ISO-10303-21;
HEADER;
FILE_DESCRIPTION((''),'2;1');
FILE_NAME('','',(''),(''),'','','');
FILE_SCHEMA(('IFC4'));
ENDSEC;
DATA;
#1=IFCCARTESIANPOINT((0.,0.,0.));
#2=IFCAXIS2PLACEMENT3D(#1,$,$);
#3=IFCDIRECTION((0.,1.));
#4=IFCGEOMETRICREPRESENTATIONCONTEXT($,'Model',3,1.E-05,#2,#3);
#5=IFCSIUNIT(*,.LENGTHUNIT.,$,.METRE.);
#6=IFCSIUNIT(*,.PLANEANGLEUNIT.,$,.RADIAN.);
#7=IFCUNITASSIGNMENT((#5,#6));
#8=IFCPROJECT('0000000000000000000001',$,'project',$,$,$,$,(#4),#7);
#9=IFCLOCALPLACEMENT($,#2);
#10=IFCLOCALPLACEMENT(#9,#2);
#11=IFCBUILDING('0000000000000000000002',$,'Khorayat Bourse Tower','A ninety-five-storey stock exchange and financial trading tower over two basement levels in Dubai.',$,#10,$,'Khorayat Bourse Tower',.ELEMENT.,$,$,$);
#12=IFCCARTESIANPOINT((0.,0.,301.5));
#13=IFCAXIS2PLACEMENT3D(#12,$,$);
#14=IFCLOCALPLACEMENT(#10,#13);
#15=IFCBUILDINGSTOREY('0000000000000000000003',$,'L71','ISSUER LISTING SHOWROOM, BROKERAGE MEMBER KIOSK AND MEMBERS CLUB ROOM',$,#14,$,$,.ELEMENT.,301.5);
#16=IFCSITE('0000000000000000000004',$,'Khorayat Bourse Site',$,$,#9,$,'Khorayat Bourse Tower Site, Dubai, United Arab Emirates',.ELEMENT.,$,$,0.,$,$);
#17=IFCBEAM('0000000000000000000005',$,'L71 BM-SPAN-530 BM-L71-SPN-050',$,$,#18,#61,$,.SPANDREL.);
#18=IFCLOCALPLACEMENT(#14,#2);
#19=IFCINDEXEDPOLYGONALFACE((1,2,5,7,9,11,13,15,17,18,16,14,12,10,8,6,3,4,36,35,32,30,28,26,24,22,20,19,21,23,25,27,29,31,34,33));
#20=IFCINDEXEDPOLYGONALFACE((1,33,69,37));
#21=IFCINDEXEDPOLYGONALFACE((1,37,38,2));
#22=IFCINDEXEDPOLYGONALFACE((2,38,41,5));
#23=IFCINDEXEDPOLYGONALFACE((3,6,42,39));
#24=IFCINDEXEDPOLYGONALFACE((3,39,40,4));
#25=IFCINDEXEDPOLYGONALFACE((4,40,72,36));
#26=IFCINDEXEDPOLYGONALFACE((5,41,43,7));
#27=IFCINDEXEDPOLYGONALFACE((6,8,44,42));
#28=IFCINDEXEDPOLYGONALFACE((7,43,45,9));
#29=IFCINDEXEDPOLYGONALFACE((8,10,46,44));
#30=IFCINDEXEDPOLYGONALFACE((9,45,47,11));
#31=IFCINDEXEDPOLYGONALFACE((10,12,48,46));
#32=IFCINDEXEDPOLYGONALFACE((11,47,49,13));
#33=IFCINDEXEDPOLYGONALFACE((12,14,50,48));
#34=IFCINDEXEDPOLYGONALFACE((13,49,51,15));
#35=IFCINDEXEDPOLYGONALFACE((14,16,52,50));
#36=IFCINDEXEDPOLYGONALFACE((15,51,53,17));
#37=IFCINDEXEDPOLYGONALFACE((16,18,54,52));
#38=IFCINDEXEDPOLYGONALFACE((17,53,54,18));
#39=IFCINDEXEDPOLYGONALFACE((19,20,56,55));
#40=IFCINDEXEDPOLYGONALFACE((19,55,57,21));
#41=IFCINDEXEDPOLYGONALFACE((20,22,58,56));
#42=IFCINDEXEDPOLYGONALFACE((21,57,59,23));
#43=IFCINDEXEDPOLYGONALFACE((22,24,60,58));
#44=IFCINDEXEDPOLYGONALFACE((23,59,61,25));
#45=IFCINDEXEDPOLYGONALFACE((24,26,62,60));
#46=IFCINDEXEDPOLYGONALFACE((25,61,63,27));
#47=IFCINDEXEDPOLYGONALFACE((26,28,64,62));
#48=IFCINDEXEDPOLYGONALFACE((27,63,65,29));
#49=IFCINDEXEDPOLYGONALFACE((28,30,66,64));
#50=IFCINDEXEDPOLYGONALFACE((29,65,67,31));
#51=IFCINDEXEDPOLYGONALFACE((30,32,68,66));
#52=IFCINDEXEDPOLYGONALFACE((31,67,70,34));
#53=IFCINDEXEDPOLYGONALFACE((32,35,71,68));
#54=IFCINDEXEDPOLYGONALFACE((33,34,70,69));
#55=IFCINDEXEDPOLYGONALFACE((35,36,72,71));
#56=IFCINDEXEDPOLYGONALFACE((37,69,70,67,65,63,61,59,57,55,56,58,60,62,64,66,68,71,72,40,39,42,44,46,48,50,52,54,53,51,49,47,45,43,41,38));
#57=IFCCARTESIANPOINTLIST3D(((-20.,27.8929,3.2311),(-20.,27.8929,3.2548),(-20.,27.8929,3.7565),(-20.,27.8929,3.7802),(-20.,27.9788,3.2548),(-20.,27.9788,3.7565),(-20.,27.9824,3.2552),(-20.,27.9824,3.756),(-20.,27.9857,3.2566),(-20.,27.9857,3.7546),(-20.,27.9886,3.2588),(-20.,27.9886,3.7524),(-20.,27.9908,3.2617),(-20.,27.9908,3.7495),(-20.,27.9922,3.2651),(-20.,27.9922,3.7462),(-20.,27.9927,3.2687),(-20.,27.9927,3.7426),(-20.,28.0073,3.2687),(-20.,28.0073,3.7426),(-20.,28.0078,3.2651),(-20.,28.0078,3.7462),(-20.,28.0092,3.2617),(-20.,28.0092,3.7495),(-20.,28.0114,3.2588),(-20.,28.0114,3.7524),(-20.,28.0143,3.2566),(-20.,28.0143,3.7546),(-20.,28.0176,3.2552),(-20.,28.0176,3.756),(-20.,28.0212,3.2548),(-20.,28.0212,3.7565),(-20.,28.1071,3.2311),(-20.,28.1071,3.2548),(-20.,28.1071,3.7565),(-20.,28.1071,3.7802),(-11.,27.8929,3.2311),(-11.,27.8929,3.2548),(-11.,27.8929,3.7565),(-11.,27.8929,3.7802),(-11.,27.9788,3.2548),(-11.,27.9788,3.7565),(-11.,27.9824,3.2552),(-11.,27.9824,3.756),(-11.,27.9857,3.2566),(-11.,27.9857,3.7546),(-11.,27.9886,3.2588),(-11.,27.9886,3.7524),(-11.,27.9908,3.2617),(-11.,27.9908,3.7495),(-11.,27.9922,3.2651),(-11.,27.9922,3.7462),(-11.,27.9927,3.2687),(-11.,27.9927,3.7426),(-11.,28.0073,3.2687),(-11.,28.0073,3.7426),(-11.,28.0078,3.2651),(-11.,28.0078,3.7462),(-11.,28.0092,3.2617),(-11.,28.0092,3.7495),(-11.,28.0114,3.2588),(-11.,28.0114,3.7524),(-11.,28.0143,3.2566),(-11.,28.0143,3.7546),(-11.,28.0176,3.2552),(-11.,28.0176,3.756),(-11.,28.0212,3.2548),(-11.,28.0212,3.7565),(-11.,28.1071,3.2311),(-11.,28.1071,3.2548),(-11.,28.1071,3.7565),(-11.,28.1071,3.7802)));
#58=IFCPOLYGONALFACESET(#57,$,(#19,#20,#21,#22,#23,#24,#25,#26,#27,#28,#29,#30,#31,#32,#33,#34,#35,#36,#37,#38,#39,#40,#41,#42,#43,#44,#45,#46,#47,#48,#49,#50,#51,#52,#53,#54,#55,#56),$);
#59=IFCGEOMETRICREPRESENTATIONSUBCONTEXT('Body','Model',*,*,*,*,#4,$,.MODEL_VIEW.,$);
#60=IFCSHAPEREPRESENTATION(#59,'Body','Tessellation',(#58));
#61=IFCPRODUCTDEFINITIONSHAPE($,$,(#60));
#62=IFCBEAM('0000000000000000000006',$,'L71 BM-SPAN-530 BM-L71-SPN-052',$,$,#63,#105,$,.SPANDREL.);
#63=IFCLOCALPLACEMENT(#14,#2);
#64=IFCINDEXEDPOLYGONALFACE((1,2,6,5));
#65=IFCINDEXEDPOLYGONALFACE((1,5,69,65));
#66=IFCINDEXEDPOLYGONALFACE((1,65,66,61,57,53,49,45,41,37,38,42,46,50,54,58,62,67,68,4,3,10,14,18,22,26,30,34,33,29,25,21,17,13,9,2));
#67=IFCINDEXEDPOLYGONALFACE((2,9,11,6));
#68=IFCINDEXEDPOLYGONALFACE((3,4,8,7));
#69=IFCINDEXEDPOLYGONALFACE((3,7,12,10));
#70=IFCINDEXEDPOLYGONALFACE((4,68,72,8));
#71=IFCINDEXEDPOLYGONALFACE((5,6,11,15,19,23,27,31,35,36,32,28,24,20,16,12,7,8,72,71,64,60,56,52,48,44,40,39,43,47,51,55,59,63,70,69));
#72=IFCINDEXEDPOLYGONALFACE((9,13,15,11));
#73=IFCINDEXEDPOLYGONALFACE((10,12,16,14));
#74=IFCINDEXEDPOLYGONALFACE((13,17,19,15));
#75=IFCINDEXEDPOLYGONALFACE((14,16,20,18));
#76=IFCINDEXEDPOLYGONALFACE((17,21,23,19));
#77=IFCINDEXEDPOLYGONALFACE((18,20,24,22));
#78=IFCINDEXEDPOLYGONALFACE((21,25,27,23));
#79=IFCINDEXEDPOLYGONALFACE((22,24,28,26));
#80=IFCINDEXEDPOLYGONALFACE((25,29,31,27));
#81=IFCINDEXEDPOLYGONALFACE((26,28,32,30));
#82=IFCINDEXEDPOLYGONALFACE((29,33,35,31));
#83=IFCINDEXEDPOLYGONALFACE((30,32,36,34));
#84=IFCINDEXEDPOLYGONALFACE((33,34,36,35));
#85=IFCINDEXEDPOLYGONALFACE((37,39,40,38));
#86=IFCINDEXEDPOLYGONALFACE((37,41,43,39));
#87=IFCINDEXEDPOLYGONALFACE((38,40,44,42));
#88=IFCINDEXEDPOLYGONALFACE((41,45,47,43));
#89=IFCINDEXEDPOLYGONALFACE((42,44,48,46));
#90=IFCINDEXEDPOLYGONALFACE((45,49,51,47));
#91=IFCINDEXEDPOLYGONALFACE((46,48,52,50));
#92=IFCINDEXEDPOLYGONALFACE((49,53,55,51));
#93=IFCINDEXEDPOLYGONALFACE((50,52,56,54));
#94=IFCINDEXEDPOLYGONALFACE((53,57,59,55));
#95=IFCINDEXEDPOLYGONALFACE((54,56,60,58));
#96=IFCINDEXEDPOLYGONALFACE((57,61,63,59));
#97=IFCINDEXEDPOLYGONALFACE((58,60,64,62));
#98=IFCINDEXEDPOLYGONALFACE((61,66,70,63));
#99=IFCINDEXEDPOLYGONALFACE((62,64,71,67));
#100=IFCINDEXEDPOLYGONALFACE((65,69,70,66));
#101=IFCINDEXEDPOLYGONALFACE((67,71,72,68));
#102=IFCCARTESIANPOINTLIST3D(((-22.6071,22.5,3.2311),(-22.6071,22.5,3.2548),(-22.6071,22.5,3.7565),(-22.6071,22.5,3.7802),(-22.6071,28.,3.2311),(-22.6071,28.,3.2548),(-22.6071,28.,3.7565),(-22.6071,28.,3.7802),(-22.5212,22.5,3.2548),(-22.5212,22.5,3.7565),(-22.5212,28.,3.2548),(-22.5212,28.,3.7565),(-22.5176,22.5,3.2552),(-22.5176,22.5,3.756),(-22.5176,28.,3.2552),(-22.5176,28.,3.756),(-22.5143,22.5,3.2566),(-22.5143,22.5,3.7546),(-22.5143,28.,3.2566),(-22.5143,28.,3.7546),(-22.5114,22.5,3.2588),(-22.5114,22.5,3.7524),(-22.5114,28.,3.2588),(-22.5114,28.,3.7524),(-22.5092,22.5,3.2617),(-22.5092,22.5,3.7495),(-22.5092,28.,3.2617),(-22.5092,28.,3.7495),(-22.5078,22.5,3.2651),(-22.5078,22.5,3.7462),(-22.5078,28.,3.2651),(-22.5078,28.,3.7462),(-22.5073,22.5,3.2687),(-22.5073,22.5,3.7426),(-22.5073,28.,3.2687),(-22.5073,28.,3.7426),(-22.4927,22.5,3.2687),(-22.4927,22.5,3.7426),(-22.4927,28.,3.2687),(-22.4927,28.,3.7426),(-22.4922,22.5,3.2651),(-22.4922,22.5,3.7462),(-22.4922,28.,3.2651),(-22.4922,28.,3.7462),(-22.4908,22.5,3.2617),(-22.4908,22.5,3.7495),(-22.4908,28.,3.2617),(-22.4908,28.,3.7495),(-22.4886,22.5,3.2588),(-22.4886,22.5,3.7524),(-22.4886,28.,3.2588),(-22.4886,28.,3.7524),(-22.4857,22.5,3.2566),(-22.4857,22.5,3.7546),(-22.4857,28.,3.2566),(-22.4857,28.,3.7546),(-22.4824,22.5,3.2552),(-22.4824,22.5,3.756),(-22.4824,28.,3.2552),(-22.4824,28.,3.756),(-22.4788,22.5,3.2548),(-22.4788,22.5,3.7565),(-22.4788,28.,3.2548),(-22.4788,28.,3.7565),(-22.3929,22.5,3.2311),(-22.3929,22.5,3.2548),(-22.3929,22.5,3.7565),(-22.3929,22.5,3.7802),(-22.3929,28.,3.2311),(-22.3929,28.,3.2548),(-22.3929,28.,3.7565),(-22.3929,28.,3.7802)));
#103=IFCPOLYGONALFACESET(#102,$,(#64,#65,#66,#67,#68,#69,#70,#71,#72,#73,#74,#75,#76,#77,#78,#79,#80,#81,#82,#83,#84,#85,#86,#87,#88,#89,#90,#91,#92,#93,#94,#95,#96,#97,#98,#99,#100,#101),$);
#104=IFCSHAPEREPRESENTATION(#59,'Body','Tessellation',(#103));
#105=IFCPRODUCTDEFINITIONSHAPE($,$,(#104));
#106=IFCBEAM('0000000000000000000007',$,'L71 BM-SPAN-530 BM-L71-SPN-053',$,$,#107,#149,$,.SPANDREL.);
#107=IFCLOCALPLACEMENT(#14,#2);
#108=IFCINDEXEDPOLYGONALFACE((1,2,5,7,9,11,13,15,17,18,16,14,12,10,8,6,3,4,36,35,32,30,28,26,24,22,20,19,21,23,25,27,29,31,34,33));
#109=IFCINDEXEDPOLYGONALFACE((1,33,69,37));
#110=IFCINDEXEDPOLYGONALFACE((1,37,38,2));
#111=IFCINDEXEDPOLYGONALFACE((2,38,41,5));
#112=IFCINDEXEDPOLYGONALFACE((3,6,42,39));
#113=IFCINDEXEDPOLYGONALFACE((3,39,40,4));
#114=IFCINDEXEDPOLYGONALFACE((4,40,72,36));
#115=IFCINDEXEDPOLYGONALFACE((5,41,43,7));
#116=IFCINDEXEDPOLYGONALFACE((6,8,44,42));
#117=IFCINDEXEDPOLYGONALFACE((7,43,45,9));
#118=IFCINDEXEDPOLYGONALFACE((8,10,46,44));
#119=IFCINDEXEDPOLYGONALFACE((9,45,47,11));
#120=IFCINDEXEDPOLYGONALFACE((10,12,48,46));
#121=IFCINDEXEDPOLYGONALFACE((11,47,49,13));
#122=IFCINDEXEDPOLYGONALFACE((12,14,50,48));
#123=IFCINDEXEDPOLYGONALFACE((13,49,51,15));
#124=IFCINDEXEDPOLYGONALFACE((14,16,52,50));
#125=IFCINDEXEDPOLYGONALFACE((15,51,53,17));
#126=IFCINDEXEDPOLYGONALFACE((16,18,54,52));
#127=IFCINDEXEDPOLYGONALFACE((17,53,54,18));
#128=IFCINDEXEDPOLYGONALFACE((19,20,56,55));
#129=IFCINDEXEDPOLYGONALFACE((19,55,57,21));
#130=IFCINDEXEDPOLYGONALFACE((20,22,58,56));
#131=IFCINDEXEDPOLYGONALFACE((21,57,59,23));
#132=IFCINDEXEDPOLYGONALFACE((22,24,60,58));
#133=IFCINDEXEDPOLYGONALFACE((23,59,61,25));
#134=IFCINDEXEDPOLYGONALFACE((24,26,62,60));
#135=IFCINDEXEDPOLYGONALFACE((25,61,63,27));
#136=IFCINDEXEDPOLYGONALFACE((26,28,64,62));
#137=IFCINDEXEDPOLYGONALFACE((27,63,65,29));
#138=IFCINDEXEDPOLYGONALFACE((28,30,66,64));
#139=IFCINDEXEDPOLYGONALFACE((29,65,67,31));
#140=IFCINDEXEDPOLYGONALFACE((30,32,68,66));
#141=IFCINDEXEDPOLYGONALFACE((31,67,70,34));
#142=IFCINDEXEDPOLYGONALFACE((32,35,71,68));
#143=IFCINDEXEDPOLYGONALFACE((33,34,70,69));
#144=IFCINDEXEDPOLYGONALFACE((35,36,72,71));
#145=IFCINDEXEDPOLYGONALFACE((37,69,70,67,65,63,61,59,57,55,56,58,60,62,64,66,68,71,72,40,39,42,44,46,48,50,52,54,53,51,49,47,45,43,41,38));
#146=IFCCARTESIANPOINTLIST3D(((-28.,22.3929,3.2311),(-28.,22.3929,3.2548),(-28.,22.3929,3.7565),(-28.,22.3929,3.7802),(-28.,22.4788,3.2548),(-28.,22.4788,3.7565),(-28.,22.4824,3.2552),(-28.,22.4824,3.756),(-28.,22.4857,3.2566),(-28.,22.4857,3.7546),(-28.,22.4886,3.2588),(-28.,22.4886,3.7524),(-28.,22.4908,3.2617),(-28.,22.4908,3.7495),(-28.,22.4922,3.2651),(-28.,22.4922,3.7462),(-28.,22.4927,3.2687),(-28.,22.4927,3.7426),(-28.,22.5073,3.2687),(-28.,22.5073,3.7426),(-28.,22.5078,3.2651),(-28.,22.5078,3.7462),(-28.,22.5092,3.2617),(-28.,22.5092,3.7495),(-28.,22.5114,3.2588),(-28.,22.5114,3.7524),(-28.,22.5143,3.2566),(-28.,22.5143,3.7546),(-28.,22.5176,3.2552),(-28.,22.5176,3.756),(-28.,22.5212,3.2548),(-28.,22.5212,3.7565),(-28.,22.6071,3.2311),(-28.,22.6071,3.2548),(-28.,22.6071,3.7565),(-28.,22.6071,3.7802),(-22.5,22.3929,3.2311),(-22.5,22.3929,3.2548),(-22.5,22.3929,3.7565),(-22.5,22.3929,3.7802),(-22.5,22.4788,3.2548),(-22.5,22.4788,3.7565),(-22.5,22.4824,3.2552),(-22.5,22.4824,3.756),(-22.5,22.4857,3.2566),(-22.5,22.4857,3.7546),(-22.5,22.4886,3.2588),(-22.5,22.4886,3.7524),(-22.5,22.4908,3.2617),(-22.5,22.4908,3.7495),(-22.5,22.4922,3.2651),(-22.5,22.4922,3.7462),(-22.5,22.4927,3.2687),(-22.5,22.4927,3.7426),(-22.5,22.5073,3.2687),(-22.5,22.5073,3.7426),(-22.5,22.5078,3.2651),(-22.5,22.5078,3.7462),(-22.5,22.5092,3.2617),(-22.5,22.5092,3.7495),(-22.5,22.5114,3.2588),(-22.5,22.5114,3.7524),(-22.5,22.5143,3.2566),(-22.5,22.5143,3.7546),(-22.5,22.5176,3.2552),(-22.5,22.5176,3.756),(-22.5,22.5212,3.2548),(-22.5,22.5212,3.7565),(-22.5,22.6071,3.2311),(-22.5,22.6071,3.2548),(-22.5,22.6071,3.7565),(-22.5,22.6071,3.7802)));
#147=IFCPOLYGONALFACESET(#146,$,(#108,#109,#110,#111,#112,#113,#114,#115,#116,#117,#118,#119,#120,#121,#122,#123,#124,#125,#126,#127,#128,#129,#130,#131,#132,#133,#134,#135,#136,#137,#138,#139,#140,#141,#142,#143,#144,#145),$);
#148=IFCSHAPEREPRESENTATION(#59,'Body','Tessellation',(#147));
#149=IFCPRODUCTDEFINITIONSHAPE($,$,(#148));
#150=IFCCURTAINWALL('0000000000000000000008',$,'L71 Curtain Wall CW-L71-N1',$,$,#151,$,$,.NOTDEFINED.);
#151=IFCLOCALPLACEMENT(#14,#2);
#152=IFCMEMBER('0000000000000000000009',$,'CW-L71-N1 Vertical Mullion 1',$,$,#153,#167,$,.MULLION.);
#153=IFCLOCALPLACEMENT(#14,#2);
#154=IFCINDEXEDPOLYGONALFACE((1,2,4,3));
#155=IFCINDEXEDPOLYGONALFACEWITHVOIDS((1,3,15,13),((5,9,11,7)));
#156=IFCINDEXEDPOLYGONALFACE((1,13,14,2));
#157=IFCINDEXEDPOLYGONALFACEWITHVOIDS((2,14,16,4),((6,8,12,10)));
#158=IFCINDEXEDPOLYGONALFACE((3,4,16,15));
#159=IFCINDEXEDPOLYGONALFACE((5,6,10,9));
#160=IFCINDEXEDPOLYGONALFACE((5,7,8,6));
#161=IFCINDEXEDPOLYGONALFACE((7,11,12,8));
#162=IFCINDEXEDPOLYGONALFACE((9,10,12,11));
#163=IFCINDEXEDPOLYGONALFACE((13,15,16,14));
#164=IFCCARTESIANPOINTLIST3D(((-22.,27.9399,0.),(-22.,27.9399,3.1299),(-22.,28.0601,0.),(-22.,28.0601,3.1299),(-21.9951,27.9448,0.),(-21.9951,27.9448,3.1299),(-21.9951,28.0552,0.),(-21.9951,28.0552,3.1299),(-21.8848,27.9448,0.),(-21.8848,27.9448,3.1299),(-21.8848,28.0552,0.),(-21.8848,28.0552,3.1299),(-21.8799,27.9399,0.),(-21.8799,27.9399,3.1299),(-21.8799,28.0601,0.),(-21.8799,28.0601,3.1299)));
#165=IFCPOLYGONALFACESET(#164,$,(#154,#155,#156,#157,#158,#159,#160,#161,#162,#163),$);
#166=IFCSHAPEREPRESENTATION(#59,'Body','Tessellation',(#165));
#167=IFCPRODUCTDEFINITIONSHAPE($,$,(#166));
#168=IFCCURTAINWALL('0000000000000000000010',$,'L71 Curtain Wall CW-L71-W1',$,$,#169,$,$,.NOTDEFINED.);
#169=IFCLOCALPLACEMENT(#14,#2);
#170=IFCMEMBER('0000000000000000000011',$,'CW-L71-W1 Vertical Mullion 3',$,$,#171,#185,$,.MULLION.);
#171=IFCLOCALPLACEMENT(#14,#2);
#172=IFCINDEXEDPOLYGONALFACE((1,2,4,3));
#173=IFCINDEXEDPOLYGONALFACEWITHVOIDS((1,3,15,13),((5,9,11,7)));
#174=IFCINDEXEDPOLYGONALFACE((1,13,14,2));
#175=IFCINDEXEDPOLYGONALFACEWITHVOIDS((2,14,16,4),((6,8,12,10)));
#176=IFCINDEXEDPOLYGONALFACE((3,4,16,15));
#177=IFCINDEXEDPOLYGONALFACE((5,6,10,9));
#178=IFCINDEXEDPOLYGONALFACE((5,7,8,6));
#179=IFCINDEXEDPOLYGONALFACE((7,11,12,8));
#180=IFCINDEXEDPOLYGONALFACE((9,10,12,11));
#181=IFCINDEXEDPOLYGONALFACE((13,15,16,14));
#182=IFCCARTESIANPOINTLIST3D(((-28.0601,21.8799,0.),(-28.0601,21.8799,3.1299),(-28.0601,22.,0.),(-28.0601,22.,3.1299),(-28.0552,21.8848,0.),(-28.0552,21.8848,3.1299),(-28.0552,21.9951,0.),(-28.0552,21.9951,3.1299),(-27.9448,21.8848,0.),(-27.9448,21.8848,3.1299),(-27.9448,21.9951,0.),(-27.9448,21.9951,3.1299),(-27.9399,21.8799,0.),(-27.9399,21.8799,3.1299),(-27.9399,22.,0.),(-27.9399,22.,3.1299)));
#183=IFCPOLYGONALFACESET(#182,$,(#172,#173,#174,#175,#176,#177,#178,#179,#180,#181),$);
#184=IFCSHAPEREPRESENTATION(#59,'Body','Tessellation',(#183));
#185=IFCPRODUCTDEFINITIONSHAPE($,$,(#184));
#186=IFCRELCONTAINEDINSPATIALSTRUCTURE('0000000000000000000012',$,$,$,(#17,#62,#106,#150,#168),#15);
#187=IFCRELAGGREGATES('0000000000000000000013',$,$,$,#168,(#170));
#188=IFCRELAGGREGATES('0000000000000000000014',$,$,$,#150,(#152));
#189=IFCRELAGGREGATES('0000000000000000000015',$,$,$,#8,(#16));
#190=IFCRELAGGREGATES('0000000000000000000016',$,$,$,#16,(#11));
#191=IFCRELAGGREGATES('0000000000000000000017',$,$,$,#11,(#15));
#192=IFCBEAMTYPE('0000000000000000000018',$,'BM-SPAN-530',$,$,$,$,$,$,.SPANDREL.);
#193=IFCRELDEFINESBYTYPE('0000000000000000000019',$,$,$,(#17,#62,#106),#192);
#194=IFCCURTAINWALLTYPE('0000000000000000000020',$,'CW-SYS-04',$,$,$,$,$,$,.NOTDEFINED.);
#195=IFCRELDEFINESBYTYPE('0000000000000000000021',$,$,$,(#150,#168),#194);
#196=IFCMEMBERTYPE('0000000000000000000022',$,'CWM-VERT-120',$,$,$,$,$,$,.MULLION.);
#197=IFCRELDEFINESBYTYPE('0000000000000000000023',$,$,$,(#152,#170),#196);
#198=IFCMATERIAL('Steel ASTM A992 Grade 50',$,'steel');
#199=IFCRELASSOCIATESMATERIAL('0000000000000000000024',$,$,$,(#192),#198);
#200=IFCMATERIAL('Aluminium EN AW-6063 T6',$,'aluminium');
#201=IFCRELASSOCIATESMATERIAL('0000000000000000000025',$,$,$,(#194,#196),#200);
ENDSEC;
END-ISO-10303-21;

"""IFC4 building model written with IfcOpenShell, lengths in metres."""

from ifc_helpers import new_model, si_unit, direction, frame, origin, origin_2d, place, context, subcontext, project, spatial, hollow_rectangle, i_section, extrude, source, transform, mapped, material, material_profile, profile_set, type_object, element, aggregate, save


model = new_model("IFC4")

# Units and contexts
model_context = context("Model", 3, precision=1e-05, world=origin(), true_north=direction((0.0, 1.0)))
body_context = subcontext(model_context, "Body", "Model", "MODEL_VIEW")
ifc_project = project(units=[si_unit("LENGTHUNIT", "METRE"), si_unit("PLANEANGLEUNIT", "RADIAN")], contexts=[model_context])

# Site, building, storey
site_placement = place(None, origin())
site = spatial("IfcSite", under=ifc_project, at=site_placement, Name="Khorayat Bourse Site", LongName="Khorayat Bourse Tower Site, Dubai, United Arab Emirates", CompositionType="ELEMENT", RefElevation=0.0)
building_placement = place(site_placement, origin())
building = spatial("IfcBuilding", under=site, at=building_placement, Name="Khorayat Bourse Tower", Description="A ninety-five-storey stock exchange and financial trading tower over two basement levels in Dubai.", LongName="Khorayat Bourse Tower", CompositionType="ELEMENT")
storey_placement = place(building_placement, frame((0.0, 0.0, 301.5)))
storey = spatial("IfcBuildingStorey", under=building, at=storey_placement, Name="L71", Description="ISSUER LISTING SHOWROOM, BROKERAGE MEMBER KIOSK AND MEMBERS CLUB ROOM", CompositionType="ELEMENT", Elevation=301.5)

# Beams
ifc_material_1 = material(Name="Steel ASTM A992 Grade 50", Category="steel")
ifc_material_profile_1 = material_profile(ifc_material_1, i_section(OverallWidth=0.2141, OverallDepth=0.5491, WebThickness=0.0146, FlangeThickness=0.0237, FilletRadius=0.0139, at=origin_2d()), Name="W530X138")
ifc_profile_set_1 = profile_set([ifc_material_profile_1], Name="Steel ASTM A992 Grade 50")
beam_type_1 = type_object("IfcBeamType", Name="BM-SPAN-530", PredefinedType="SPANDREL", material=ifc_profile_set_1)
shared_shape_1 = source(origin(), body_context, "Body", "SweptSolid", [
    extrude(i_section(OverallWidth=0.2141, OverallDepth=0.5491, WebThickness=0.0146, FlangeThickness=0.0237, FilletRadius=0.0139, at=origin_2d()), origin(), (0.0, 0.0, 1.0), 9.0),
])
beam_1_placement = place(storey_placement, frame((-20.0, 28.0, 3.5056), z_axis=(1.0, 0.0, 0.0), x_axis=(0.0, 1.0, 0.0)))
element("IfcBeam", 1, at=beam_1_placement, inside=storey, type_object=beam_type_1, Name="L71 BM-SPAN-530 BM-L71-SPN-050", PredefinedType="SPANDREL", context=body_context, shape_type="MappedRepresentation", body=[
    mapped(shared_shape_1, transform((0.0, 0.0, 0.0), scale=1.0)),
])
shared_shape_2 = source(origin(), body_context, "Body", "SweptSolid", [
    extrude(i_section(OverallWidth=0.2141, OverallDepth=0.5491, WebThickness=0.0146, FlangeThickness=0.0237, FilletRadius=0.0139, at=origin_2d()), origin(), (0.0, 0.0, 1.0), 5.5),
])
for number, where, z_axis, x_axis, name in (
    (2, (-22.5, 22.5, 3.5056), (0.0, 1.0, 0.0), (-1.0, 0.0, 0.0), "L71 BM-SPAN-530 BM-L71-SPN-052"),
    (3, (-28.0, 22.5, 3.5056), (1.0, 0.0, 0.0), (0.0, 1.0, 0.0), "L71 BM-SPAN-530 BM-L71-SPN-053"),
):
    element("IfcBeam", number, at=place(storey_placement, frame(where, z_axis=z_axis, x_axis=x_axis)), inside=storey, type_object=beam_type_1, Name=name, PredefinedType="SPANDREL", context=body_context, shape_type="MappedRepresentation", body=[
        mapped(shared_shape_2, transform((0.0, 0.0, 0.0), scale=1.0)),
    ])

# Curtain wall, member
ifc_material_2 = material(Name="Aluminium EN AW-6063 T6", Category="aluminium")
curtain_wall_type = type_object("IfcCurtainWallType", Name="CW-SYS-04", PredefinedType="NOTDEFINED", material=ifc_material_2)
curtain_wall_1_placement = place(storey_placement, origin())
curtain_wall_1 = element("IfcCurtainWall", 4, at=curtain_wall_1_placement, inside=storey, type_object=curtain_wall_type, Name="L71 Curtain Wall CW-L71-N1", PredefinedType="NOTDEFINED")
ifc_material_profile_2 = material_profile(ifc_material_2, hollow_rectangle(XDim=0.1201, YDim=0.1201, WallThickness=0.0049, at=origin_2d()), Name="ALU 120x120x5")
ifc_profile_set_2 = profile_set([ifc_material_profile_2], Name="Aluminium EN AW-6063 T6")
member_type_1 = type_object("IfcMemberType", Name="CWM-VERT-120", PredefinedType="MULLION", material=ifc_profile_set_2)
shared_shape_3 = source(origin(), body_context, "Body", "SweptSolid", [
    extrude(hollow_rectangle(XDim=0.1201, YDim=0.1201, WallThickness=0.0049, at=origin_2d()), origin(), (0.0, 0.0, 1.0), 3.1299),
])
member_1_placement = place(storey_placement, frame((-21.9399, 28.0, 0.0), z_axis=(0.0, 0.0, 1.0), x_axis=(0.0, 1.0, 0.0)))
member_1 = element("IfcMember", 5, at=member_1_placement, type_object=member_type_1, Name="CW-L71-N1 Vertical Mullion 1", PredefinedType="MULLION", context=body_context, shape_type="MappedRepresentation", body=[
    mapped(shared_shape_3, transform((0.0, 0.0, 0.0), scale=1.0)),
])

# Curtain wall, member
curtain_wall_2_placement = place(storey_placement, origin())
curtain_wall_2 = element("IfcCurtainWall", 6, at=curtain_wall_2_placement, inside=storey, type_object=curtain_wall_type, Name="L71 Curtain Wall CW-L71-W1", PredefinedType="NOTDEFINED")
member_2_placement = place(storey_placement, frame((-28.0, 21.9399, 0.0), z_axis=(0.0, 0.0, 1.0), x_axis=(-1.0, 0.0, 0.0)))
member_2 = element("IfcMember", 7, at=member_2_placement, type_object=member_type_1, Name="CW-L71-W1 Vertical Mullion 3", PredefinedType="MULLION", context=body_context, shape_type="MappedRepresentation", body=[
    mapped(shared_shape_3, transform((0.0, 0.0, 0.0), scale=1.0)),
])
aggregate(curtain_wall_2, [member_2])

aggregate(curtain_wall_1, [member_1])

save(model, "model.ifc")
